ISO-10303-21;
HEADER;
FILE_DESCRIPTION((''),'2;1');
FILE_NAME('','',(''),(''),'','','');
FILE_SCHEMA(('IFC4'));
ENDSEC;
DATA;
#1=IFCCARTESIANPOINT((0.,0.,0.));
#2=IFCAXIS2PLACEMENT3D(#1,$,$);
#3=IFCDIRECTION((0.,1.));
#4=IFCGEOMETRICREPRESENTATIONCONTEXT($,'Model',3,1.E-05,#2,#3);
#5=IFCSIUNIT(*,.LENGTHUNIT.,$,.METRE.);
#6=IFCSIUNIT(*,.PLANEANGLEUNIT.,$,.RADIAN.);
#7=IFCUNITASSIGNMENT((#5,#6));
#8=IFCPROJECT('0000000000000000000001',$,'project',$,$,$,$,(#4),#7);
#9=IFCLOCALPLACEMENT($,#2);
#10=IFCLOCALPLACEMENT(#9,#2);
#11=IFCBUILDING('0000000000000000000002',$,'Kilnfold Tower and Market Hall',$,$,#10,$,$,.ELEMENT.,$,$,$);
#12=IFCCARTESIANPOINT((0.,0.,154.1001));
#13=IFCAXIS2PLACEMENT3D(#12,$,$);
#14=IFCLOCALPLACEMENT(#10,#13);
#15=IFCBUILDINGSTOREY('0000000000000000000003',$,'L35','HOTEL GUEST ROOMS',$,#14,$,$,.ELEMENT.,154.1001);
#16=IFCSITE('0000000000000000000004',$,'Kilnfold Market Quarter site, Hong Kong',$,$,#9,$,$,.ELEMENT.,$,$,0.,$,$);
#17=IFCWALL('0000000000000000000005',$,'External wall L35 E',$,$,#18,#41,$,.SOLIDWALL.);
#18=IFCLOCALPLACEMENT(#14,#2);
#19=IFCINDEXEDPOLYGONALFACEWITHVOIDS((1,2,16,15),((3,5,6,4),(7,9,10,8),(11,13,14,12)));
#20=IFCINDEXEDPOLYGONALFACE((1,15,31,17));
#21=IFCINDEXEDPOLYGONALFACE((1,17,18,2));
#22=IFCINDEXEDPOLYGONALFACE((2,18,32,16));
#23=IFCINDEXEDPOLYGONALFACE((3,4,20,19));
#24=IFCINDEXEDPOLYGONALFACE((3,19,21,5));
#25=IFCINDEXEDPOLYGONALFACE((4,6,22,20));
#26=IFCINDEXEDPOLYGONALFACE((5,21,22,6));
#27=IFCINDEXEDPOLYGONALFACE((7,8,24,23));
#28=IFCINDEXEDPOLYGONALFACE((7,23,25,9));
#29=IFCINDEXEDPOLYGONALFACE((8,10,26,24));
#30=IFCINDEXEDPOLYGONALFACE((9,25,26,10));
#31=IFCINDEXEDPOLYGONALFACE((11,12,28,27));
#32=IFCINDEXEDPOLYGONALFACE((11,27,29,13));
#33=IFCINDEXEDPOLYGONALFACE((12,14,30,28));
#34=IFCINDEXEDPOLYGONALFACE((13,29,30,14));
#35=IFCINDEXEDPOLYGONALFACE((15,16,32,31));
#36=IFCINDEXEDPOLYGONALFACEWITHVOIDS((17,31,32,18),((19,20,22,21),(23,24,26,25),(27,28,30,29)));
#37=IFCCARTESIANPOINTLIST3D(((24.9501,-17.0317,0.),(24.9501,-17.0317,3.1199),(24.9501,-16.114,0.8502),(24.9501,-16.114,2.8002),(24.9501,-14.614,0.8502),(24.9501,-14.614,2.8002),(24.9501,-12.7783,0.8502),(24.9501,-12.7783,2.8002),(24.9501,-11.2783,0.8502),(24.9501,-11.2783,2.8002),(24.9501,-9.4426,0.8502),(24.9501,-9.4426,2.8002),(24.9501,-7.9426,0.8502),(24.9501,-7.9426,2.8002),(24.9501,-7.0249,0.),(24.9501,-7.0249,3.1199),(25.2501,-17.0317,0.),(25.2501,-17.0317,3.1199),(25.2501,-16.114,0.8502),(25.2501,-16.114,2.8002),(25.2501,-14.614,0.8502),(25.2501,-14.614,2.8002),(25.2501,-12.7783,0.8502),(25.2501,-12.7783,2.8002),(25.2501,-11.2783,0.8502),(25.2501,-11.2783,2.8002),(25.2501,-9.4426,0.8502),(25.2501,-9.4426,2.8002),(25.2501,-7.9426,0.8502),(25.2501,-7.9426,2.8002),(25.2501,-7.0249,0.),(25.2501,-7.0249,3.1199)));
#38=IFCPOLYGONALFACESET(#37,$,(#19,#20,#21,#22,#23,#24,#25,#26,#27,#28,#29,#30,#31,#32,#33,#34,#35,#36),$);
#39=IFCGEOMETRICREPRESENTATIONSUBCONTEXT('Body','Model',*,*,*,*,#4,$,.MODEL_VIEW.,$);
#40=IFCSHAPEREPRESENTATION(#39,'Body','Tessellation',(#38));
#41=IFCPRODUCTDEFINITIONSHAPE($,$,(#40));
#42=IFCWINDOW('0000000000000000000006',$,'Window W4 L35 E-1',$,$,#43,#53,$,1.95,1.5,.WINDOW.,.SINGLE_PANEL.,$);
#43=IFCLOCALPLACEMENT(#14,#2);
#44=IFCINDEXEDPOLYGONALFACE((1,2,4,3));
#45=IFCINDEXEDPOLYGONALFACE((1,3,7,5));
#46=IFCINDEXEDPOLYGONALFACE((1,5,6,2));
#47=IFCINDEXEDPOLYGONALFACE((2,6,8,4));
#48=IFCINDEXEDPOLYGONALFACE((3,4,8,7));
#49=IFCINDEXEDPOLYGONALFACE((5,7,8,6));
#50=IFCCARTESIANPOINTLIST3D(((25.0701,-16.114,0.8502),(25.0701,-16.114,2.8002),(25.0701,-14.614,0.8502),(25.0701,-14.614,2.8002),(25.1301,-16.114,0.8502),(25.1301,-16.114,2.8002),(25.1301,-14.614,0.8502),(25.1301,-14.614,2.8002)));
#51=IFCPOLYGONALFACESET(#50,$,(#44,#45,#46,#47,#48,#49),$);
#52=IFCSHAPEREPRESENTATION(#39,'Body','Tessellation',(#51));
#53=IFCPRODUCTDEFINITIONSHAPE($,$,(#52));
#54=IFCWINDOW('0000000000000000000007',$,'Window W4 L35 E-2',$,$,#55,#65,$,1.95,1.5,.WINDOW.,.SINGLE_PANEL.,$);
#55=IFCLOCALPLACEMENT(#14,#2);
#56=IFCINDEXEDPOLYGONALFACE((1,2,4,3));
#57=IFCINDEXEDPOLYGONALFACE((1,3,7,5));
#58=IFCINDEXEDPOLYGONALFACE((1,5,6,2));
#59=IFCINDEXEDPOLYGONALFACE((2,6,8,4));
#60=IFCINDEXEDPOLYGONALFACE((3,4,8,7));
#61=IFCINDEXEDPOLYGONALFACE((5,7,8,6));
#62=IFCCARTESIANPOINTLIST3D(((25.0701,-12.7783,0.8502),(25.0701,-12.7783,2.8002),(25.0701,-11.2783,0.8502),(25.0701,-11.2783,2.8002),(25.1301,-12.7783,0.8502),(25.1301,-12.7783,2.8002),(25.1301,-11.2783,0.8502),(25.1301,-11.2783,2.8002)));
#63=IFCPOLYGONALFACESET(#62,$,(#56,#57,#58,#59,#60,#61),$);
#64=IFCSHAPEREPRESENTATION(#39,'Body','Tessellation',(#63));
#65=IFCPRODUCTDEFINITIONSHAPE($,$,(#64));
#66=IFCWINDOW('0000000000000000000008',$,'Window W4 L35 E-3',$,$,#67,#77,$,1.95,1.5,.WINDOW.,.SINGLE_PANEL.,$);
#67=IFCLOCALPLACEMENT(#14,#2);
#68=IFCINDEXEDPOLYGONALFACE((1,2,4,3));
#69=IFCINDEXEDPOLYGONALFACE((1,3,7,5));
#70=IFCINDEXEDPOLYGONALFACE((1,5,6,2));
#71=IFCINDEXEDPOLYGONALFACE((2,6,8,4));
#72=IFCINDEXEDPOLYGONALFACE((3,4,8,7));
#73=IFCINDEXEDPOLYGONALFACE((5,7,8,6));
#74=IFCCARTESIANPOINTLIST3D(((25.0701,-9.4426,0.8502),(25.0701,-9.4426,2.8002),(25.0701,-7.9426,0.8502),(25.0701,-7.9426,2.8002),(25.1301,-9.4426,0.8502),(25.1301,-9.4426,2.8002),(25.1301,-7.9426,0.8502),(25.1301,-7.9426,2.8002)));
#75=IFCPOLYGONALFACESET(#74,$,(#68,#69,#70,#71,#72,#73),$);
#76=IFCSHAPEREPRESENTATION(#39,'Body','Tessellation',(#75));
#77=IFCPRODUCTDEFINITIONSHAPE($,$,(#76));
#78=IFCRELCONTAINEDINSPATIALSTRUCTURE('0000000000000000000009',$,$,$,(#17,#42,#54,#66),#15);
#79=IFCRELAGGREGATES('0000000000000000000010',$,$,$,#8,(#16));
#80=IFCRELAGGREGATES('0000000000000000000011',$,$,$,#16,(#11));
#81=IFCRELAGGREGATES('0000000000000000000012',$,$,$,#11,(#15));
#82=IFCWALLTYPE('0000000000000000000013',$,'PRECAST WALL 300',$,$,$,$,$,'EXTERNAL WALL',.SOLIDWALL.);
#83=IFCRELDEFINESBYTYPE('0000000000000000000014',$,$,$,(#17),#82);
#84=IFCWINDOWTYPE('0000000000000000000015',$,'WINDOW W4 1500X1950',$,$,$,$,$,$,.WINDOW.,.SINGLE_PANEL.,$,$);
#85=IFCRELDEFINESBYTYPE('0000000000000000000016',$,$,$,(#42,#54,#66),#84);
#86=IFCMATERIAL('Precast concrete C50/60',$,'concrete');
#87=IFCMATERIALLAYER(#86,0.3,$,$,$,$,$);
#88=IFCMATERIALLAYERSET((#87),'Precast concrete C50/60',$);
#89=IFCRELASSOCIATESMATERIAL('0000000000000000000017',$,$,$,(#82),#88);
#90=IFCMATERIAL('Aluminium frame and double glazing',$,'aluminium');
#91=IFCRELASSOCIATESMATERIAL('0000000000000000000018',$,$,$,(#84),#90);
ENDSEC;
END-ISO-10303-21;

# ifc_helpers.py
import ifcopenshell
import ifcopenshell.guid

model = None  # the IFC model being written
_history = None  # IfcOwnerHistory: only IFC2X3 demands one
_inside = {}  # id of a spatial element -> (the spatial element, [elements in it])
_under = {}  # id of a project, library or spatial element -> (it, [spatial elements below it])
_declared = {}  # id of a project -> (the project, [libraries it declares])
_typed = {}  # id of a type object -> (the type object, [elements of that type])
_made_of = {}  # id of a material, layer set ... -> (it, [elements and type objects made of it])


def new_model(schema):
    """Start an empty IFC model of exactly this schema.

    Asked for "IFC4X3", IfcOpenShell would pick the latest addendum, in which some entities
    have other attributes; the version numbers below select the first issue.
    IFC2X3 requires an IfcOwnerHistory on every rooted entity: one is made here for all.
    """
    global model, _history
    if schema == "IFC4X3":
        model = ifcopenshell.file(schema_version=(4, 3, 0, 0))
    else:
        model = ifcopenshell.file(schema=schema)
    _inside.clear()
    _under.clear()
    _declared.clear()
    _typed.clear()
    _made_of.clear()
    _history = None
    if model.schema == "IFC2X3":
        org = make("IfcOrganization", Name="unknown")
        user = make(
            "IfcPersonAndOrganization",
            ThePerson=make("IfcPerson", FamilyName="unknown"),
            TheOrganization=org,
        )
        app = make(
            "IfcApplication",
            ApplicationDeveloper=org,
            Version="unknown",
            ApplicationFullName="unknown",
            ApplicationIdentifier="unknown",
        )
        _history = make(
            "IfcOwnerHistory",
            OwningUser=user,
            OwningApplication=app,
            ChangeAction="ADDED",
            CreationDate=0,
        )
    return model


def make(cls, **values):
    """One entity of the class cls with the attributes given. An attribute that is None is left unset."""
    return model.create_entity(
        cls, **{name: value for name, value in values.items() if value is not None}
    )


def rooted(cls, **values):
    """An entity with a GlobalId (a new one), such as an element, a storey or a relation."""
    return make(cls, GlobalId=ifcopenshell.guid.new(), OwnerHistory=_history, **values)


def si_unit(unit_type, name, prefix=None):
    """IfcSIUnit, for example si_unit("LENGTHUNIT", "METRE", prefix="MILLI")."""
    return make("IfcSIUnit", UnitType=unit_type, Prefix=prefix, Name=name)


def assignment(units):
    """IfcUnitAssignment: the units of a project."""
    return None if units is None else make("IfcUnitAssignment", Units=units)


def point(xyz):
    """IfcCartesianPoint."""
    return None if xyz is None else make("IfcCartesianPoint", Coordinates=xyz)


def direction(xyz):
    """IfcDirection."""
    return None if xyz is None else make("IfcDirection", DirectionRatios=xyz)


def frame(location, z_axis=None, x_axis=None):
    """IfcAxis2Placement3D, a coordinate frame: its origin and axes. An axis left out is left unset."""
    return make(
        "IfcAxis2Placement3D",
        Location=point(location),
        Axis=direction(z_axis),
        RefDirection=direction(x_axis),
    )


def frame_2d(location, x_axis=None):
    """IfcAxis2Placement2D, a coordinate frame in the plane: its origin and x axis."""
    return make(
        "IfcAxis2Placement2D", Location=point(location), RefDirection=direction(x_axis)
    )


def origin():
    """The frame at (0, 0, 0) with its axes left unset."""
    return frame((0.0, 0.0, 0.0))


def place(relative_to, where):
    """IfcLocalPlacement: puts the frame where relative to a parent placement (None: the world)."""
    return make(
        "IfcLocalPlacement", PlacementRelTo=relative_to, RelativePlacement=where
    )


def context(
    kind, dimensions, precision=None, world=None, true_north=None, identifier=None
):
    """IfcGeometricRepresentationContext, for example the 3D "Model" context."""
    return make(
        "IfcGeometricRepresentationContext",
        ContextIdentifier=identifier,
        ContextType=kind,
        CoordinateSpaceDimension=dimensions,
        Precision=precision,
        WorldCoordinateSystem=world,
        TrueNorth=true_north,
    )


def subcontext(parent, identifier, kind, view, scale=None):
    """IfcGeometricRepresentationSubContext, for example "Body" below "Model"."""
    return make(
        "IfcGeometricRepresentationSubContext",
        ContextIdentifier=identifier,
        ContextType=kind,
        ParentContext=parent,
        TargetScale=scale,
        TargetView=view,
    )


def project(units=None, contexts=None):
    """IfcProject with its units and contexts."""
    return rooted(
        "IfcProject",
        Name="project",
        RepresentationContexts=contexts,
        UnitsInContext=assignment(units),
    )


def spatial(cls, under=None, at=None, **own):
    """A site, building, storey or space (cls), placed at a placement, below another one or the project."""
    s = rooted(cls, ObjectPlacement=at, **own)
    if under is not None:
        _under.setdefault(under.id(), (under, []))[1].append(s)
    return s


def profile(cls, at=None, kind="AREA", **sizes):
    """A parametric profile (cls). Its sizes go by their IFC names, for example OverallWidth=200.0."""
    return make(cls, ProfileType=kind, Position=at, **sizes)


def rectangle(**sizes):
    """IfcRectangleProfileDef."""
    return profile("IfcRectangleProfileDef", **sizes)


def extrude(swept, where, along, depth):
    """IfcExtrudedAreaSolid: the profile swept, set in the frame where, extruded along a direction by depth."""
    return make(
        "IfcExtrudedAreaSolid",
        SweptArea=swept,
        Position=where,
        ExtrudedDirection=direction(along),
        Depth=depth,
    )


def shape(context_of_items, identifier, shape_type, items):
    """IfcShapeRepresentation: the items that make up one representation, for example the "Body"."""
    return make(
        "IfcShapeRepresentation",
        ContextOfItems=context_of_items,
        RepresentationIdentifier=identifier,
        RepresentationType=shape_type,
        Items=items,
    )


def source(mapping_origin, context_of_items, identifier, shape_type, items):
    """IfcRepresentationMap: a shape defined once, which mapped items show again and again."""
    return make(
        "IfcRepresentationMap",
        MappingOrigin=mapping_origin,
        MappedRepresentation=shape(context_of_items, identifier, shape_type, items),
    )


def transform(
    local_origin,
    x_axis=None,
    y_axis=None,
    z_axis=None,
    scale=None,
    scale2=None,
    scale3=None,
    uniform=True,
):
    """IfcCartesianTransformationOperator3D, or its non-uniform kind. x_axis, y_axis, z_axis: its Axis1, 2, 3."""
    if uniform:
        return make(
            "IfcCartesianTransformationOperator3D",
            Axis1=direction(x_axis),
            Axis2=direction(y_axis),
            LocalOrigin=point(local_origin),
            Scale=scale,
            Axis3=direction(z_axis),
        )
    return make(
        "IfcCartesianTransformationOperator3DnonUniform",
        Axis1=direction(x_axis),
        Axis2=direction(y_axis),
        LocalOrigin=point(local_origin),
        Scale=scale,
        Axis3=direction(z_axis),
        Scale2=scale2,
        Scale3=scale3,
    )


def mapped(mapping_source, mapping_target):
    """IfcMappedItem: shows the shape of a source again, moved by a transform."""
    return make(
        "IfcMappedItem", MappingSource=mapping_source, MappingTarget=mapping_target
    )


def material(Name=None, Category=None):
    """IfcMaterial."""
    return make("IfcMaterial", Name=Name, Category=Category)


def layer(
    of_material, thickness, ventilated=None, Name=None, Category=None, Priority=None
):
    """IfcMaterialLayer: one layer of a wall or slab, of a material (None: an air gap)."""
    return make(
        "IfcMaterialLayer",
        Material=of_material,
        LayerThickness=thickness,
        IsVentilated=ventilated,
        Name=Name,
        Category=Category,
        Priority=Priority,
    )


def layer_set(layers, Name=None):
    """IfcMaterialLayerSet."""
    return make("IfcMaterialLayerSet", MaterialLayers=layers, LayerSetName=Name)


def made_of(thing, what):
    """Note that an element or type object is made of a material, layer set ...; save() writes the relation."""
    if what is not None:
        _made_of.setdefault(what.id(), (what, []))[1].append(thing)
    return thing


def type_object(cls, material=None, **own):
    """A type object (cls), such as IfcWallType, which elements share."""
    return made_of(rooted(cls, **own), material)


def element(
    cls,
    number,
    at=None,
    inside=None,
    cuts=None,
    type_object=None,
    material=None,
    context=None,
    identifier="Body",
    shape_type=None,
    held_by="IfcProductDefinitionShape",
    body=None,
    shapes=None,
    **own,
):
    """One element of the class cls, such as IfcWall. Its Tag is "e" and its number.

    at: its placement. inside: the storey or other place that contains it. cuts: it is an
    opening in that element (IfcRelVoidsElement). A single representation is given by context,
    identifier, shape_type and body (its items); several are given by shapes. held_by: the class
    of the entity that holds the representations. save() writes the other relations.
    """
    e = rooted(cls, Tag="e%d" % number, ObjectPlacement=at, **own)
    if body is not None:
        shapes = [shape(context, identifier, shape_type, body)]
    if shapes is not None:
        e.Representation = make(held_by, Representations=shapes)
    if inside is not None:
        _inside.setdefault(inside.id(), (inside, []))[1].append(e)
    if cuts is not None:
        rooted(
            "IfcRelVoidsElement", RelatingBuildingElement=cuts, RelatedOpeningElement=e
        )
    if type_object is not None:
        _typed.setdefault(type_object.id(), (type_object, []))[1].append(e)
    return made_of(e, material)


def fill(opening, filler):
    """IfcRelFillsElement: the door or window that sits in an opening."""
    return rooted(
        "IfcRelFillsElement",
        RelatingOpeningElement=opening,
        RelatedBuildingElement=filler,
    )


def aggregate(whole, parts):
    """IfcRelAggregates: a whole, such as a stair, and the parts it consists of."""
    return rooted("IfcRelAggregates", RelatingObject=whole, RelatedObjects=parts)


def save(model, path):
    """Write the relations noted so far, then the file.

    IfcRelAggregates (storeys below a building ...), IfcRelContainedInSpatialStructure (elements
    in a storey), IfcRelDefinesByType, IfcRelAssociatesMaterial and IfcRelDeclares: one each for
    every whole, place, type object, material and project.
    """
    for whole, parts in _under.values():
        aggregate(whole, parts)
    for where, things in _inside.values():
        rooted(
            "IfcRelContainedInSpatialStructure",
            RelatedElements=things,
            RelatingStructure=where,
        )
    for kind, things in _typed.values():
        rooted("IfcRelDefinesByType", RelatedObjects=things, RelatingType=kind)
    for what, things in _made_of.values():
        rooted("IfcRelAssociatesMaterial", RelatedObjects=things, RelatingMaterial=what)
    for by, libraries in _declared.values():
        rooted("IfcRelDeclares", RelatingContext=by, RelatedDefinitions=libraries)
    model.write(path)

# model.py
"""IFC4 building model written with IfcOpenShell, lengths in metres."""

from ifc_helpers import new_model, si_unit, direction, frame, frame_2d, origin, place, context, subcontext, project, spatial, rectangle, extrude, source, transform, mapped, material, layer, layer_set, type_object, element, fill, save


model = new_model("IFC4")

# Units and contexts
model_context = context("Model", 3, precision=1e-05, world=origin(), true_north=direction((0.0, 1.0)))
body_context = subcontext(model_context, "Body", "Model", "MODEL_VIEW")
ifc_project = project(units=[si_unit("LENGTHUNIT", "METRE"), si_unit("PLANEANGLEUNIT", "RADIAN")], contexts=[model_context])

# Site, building, storey
site_placement = place(None, origin())
site = spatial("IfcSite", under=ifc_project, at=site_placement, Name="Kilnfold Market Quarter site, Hong Kong", CompositionType="ELEMENT", RefElevation=0.0)
building_placement = place(site_placement, origin())
building = spatial("IfcBuilding", under=site, at=building_placement, Name="Kilnfold Tower and Market Hall", CompositionType="ELEMENT")
storey_placement = place(building_placement, frame((0.0, 0.0, 154.1001)))
storey = spatial("IfcBuildingStorey", under=building, at=storey_placement, Name="L35", Description="HOTEL GUEST ROOMS", CompositionType="ELEMENT", Elevation=154.1001)

# Shared definitions
ifc_material_1 = material(Name="Precast concrete C50/60", Category="concrete")
ifc_layer_1 = layer(ifc_material_1, 0.3)
ifc_layer_set_1 = layer_set([ifc_layer_1], Name="Precast concrete C50/60")
wall_type_1 = type_object("IfcWallType", Name="PRECAST WALL 300", ElementType="EXTERNAL WALL", PredefinedType="SOLIDWALL", material=ifc_layer_set_1)
ifc_material_2 = material(Name="Aluminium frame and double glazing", Category="aluminium")
window_type = type_object("IfcWindowType", Name="WINDOW W4 1500X1950", PartitioningType="SINGLE_PANEL", PredefinedType="WINDOW", material=ifc_material_2)

# Wall, openings, windows
shared_shape_1 = source(origin(), body_context, "Body", "SweptSolid", [
    extrude(rectangle(XDim=10.0068, YDim=0.3, at=frame_2d((5.0034, 0.0))), origin(), (0.0, 0.0, 1.0), 3.1199),
])
wall_1_placement = place(storey_placement, frame((25.1001, -17.0317, 0.0), z_axis=(0.0, 0.0, 1.0), x_axis=(0.0, 1.0, 0.0)))
wall_1 = element("IfcWall", 1, at=wall_1_placement, inside=storey, type_object=wall_type_1, Name="External wall L35 E", PredefinedType="SOLIDWALL", context=body_context, shape_type="MappedRepresentation", body=[
    mapped(shared_shape_1, transform((0.0, 0.0, 0.0))),
])
opening_1_placement = place(wall_1_placement, frame((0.9177, 0.0, 0.8501)))
opening_1 = element("IfcOpeningElement", 2, at=opening_1_placement, cuts=wall_1, PredefinedType="OPENING", context=body_context, shape_type="SweptSolid", body=[
    extrude(rectangle(XDim=1.5, YDim=1.95, at=frame_2d((0.75, 0.9751))), frame((0.0, 0.1602, 0.0), z_axis=(0.0, -1.0, 0.0), x_axis=(1.0, 0.0, 0.0)), (0.0, 0.0, 1.0), 0.3201),
])
opening_2_placement = place(wall_1_placement, frame((4.2534, 0.0, 0.8501)))
opening_2 = element("IfcOpeningElement", 3, at=opening_2_placement, cuts=wall_1, PredefinedType="OPENING", context=body_context, shape_type="SweptSolid", body=[
    extrude(rectangle(XDim=1.5, YDim=1.95, at=frame_2d((0.75, 0.9751))), frame((0.0, 0.1602, 0.0), z_axis=(0.0, -1.0, 0.0), x_axis=(1.0, 0.0, 0.0)), (0.0, 0.0, 1.0), 0.3201),
])
opening_3_placement = place(wall_1_placement, frame((7.5891, 0.0, 0.8501)))
opening_3 = element("IfcOpeningElement", 4, at=opening_3_placement, cuts=wall_1, PredefinedType="OPENING", context=body_context, shape_type="SweptSolid", body=[
    extrude(rectangle(XDim=1.5, YDim=1.95, at=frame_2d((0.75, 0.9751))), frame((0.0, 0.1602, 0.0), z_axis=(0.0, -1.0, 0.0), x_axis=(1.0, 0.0, 0.0)), (0.0, 0.0, 1.0), 0.3201),
])
window_1_placement = place(opening_1_placement, origin())
window_1 = element("IfcWindow", 5, at=window_1_placement, inside=storey, type_object=window_type, Name="Window W4 L35 E-1", OverallHeight=1.95, OverallWidth=1.5, PartitioningType="SINGLE_PANEL", PredefinedType="WINDOW", context=body_context, shape_type="SweptSolid", body=[
    extrude(rectangle(XDim=1.5, YDim=1.95, at=frame_2d((0.75, 0.9751))), frame((0.0, 0.03, 0.0), z_axis=(0.0, -1.0, 0.0), x_axis=(1.0, 0.0, 0.0)), (0.0, 0.0, 1.0), 0.0601),
])
fill(opening_1, window_1)
window_2_placement = place(opening_2_placement, origin())
window_2 = element("IfcWindow", 6, at=window_2_placement, inside=storey, type_object=window_type, Name="Window W4 L35 E-2", OverallHeight=1.95, OverallWidth=1.5, PartitioningType="SINGLE_PANEL", PredefinedType="WINDOW", context=body_context, shape_type="SweptSolid", body=[
    extrude(rectangle(XDim=1.5, YDim=1.95, at=frame_2d((0.75, 0.9751))), frame((0.0, 0.03, 0.0), z_axis=(0.0, -1.0, 0.0), x_axis=(1.0, 0.0, 0.0)), (0.0, 0.0, 1.0), 0.0601),
])
fill(opening_2, window_2)
window_3_placement = place(opening_3_placement, origin())
window_3 = element("IfcWindow", 7, at=window_3_placement, inside=storey, type_object=window_type, Name="Window W4 L35 E-3", OverallHeight=1.95, OverallWidth=1.5, PartitioningType="SINGLE_PANEL", PredefinedType="WINDOW", context=body_context, shape_type="SweptSolid", body=[
    extrude(rectangle(XDim=1.5, YDim=1.95, at=frame_2d((0.75, 0.9751))), frame((0.0, 0.03, 0.0), z_axis=(0.0, -1.0, 0.0), x_axis=(1.0, 0.0, 0.0)), (0.0, 0.0, 1.0), 0.0601),
])
fill(opening_3, window_3)

save(model, "model.ifc")
